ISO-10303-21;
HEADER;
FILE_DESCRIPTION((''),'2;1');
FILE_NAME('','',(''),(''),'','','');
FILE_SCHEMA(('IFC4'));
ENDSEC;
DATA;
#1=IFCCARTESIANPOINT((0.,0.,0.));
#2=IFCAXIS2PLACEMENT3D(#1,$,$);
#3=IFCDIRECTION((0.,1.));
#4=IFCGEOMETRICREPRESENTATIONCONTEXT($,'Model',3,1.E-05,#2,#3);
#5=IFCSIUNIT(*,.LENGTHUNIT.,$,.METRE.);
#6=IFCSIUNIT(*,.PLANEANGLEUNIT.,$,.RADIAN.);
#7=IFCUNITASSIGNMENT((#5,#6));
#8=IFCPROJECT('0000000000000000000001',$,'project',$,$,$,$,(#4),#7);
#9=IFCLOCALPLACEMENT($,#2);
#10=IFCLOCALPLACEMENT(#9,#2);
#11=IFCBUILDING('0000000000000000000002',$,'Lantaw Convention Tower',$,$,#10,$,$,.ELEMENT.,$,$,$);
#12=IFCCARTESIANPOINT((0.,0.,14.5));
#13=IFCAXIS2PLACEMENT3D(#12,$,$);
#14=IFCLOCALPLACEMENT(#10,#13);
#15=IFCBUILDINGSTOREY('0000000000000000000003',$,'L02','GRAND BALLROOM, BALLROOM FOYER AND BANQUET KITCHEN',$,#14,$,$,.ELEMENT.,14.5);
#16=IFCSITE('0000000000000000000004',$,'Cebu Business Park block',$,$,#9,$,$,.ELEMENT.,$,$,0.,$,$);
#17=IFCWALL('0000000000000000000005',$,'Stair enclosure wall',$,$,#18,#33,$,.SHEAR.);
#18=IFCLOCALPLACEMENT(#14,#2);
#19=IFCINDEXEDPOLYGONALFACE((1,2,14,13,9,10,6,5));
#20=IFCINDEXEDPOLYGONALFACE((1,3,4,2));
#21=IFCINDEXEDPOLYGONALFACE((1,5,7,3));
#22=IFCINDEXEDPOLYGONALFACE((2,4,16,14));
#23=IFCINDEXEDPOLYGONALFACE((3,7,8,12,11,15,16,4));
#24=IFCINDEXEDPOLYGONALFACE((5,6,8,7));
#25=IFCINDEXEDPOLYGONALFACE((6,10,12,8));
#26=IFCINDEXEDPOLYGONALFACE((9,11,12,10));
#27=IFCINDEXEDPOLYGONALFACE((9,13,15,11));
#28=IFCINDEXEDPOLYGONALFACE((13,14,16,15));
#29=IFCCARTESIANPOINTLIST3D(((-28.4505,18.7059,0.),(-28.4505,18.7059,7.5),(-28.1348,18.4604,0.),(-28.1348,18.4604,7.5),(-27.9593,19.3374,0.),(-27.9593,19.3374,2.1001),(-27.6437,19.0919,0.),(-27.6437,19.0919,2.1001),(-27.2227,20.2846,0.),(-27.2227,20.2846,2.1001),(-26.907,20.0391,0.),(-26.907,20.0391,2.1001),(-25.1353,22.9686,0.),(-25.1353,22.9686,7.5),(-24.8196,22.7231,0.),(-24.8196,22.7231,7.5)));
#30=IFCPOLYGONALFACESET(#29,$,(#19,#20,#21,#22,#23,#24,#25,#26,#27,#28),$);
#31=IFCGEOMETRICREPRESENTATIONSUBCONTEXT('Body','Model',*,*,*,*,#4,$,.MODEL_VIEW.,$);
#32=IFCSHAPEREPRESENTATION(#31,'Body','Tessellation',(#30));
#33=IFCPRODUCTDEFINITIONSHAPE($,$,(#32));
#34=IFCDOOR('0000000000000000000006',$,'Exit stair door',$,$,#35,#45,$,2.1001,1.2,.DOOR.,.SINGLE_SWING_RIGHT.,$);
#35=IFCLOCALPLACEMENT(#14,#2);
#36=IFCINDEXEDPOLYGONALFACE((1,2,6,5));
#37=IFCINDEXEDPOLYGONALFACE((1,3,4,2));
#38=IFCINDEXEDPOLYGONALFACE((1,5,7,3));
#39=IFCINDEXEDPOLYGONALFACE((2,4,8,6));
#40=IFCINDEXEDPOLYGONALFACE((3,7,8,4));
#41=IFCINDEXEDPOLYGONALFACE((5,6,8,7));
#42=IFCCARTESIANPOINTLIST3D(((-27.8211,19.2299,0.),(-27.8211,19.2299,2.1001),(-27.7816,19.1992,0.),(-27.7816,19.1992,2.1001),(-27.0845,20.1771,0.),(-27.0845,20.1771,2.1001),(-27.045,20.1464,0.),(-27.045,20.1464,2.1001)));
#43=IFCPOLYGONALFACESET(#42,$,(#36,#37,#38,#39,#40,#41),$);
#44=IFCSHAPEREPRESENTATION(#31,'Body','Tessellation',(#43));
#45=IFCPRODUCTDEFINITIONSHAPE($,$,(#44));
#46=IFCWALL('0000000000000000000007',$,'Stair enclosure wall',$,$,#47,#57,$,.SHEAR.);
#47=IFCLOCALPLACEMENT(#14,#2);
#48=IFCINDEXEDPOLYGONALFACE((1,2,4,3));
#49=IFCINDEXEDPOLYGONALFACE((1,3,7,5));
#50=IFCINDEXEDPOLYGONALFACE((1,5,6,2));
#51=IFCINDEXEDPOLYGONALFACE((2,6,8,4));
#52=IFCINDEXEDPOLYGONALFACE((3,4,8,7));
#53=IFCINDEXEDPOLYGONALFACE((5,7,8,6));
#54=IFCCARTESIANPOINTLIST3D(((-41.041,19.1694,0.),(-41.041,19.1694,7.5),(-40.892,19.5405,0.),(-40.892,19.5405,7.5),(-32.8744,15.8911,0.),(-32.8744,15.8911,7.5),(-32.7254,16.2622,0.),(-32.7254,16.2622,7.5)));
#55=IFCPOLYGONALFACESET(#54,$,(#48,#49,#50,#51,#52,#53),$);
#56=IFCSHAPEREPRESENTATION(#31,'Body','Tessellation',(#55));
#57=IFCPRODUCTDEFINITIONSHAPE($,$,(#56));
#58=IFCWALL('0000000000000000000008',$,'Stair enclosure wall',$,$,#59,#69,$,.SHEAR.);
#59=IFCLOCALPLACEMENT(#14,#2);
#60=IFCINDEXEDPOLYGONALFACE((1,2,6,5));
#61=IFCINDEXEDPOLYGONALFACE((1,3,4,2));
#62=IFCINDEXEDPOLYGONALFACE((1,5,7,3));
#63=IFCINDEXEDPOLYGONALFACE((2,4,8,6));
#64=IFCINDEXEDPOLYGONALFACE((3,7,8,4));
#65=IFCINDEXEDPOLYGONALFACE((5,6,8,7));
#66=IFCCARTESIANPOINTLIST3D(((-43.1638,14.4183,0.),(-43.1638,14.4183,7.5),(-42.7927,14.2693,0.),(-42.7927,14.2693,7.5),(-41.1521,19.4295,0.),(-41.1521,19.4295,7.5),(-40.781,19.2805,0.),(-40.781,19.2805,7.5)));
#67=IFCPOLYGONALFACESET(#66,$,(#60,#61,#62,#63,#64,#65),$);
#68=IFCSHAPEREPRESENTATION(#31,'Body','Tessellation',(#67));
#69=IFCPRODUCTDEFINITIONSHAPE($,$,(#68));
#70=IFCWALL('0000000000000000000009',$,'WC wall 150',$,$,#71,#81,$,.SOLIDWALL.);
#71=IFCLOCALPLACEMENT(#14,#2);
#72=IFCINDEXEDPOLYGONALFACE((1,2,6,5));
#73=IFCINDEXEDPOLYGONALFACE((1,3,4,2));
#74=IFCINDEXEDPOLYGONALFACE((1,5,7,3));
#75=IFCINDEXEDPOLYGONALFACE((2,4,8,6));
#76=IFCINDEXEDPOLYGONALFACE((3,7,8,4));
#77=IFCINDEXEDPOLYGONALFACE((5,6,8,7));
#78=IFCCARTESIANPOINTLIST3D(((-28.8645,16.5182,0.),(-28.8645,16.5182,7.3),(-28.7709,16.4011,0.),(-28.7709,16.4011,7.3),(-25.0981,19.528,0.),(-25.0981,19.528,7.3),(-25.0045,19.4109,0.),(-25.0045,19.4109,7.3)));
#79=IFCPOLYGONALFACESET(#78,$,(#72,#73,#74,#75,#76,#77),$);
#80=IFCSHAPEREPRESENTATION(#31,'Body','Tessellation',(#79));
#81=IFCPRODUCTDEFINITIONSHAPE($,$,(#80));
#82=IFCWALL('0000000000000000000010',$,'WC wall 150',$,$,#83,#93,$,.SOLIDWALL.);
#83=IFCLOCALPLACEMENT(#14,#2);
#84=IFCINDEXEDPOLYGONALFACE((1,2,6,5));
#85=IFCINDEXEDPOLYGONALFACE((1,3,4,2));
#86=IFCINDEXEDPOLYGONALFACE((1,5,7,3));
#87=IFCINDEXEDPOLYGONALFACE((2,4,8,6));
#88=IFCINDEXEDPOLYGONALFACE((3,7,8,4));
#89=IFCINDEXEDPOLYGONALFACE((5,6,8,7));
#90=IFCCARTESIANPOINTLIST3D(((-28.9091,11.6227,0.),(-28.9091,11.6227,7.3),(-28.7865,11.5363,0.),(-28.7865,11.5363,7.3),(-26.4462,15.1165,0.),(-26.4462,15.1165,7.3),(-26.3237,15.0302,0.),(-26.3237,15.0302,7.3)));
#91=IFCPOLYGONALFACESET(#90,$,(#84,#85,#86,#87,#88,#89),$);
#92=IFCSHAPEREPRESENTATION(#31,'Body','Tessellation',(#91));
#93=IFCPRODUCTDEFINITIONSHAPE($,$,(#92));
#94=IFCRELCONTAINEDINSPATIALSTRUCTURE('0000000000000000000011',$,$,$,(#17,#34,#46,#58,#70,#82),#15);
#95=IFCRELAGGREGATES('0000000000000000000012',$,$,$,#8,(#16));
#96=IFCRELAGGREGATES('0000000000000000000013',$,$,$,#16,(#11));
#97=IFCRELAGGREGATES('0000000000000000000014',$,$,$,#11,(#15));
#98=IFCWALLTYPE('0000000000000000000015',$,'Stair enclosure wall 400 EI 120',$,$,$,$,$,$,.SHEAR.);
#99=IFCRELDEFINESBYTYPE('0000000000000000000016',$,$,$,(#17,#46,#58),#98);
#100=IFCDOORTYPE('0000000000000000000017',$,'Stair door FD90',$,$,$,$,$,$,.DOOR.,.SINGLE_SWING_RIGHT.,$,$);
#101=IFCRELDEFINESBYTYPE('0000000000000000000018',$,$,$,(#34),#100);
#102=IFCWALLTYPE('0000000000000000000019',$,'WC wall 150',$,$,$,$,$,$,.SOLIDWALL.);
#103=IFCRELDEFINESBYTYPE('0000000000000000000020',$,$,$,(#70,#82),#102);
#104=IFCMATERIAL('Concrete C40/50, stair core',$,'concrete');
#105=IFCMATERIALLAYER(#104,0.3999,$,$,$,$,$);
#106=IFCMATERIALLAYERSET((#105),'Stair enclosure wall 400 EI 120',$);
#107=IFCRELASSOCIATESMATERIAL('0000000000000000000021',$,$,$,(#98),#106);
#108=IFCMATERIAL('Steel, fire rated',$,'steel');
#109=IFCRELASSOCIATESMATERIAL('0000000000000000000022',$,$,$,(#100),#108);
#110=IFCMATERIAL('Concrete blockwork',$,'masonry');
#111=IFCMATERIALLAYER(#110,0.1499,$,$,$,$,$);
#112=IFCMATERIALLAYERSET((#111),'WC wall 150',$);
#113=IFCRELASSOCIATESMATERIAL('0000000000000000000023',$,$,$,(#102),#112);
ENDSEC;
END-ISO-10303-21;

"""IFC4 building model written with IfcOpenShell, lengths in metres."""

from ifc_helpers import new_model, si_unit, direction, frame, frame_2d, origin, place, context, subcontext, project, spatial, rectangle, extrude, material, layer, layer_set, type_object, element, fill, save


model = new_model("IFC4")

# Units and contexts
model_context = context("Model", 3, precision=1e-05, world=origin(), true_north=direction((0.0, 1.0)))
body_context = subcontext(model_context, "Body", "Model", "MODEL_VIEW")
ifc_project = project(units=[si_unit("LENGTHUNIT", "METRE"), si_unit("PLANEANGLEUNIT", "RADIAN")], contexts=[model_context])

# Site, building, storey
site_placement = place(None, origin())
site = spatial("IfcSite", under=ifc_project, at=site_placement, Name="Cebu Business Park block", CompositionType="ELEMENT", RefElevation=0.0)
building_placement = place(site_placement, origin())
building = spatial("IfcBuilding", under=site, at=building_placement, Name="Lantaw Convention Tower", CompositionType="ELEMENT")
storey_placement = place(building_placement, frame((0.0, 0.0, 14.5)))
storey = spatial("IfcBuildingStorey", under=building, at=storey_placement, Name="L02", Description="GRAND BALLROOM, BALLROOM FOYER AND BANQUET KITCHEN", CompositionType="ELEMENT", Elevation=14.5)

# Shared definitions
ifc_material_1 = material(Name="Concrete C40/50, stair core", Category="concrete")
ifc_layer_1 = layer(ifc_material_1, 0.3999)
ifc_layer_set_1 = layer_set([ifc_layer_1], Name="Stair enclosure wall 400 EI 120")
wall_type_1 = type_object("IfcWallType", Name="Stair enclosure wall 400 EI 120", PredefinedType="SHEAR", material=ifc_layer_set_1)

# Wall, opening, door
wall_1_placement = place(storey_placement, frame((-28.2927, 18.583, 0.0), z_axis=(0.0, 0.0, 1.0), x_axis=(0.613912, 0.789374, 0.0)))
wall_1 = element("IfcWall", 1, at=wall_1_placement, inside=storey, type_object=wall_type_1, Name="Stair enclosure wall", PredefinedType="SHEAR", context=body_context, shape_type="SweptSolid", body=[
    extrude(rectangle(XDim=5.4001, YDim=0.3999, at=frame_2d((2.7002, 0.0))), origin(), (0.0, 0.0, 1.0), 7.5),
])
opening_placement = place(wall_1_placement, frame((0.8, 0.0, 0.0)))
opening = element("IfcOpeningElement", 2, at=opening_placement, cuts=wall_1, PredefinedType="OPENING", context=body_context, shape_type="SweptSolid", body=[
    extrude(rectangle(XDim=1.2, YDim=2.1001, at=frame_2d((0.6001, 1.05))), frame((0.0, 0.21, 0.0), z_axis=(0.0, -1.0, 0.0), x_axis=(1.0, 0.0, 0.0)), (0.0, 0.0, 1.0), 0.4199),
])
ifc_material_2 = material(Name="Steel, fire rated", Category="steel")
door_type = type_object("IfcDoorType", Name="Stair door FD90", OperationType="SINGLE_SWING_RIGHT", PredefinedType="DOOR", material=ifc_material_2)
door_placement = place(opening_placement, origin())
door = element("IfcDoor", 3, at=door_placement, inside=storey, type_object=door_type, Name="Exit stair door", OperationType="SINGLE_SWING_RIGHT", OverallHeight=2.1001, OverallWidth=1.2, PredefinedType="DOOR", context=body_context, shape_type="SweptSolid", body=[
    extrude(rectangle(XDim=1.2, YDim=2.1001, at=frame_2d((0.6001, 1.05))), frame((0.0, 0.0249, 0.0), z_axis=(0.0, -1.0, 0.0), x_axis=(1.0, 0.0, 0.0)), (0.0, 0.0, 1.0), 0.05),
])
fill(opening, door)

# Walls
wall_2_placement = place(storey_placement, frame((-32.8, 16.0767, 0.0), z_axis=(0.0, 0.0, 1.0), x_axis=(-0.928017, 0.372538, 0.0)))
element("IfcWall", 4, at=wall_2_placement, inside=storey, type_object=wall_type_1, Name="Stair enclosure wall", PredefinedType="SHEAR", context=body_context, shape_type="SweptSolid", body=[
    extrude(rectangle(XDim=8.8, YDim=0.3999, at=frame_2d((4.3999, 0.0))), origin(), (0.0, 0.0, 1.0), 7.5),
])
wall_3_placement = place(storey_placement, frame((-40.9666, 19.355, 0.0), z_axis=(0.0, 0.0, 1.0), x_axis=(-0.372544, -0.928015, 0.0)))
element("IfcWall", 5, at=wall_3_placement, inside=storey, type_object=wall_type_1, Name="Stair enclosure wall", PredefinedType="SHEAR", context=body_context, shape_type="SweptSolid", body=[
    extrude(rectangle(XDim=5.3999, YDim=0.3999, at=frame_2d((2.7, 0.0))), origin(), (0.0, 0.0, 1.0), 7.5),
])
ifc_material_3 = material(Name="Concrete blockwork", Category="masonry")
ifc_layer_2 = layer(ifc_material_3, 0.1499)
ifc_layer_set_2 = layer_set([ifc_layer_2], Name="WC wall 150")
wall_type_2 = type_object("IfcWallType", Name="WC wall 150", PredefinedType="SOLIDWALL", material=ifc_layer_set_2)
wall_4_placement = place(storey_placement, frame((-25.0513, 19.4695, 0.0), z_axis=(0.0, 0.0, 1.0), x_axis=(-0.781205, -0.624275, 0.0)))
element("IfcWall", 6, at=wall_4_placement, inside=storey, type_object=wall_type_2, Name="WC wall 150", PredefinedType="SOLIDWALL", context=body_context, shape_type="SweptSolid", body=[
    extrude(rectangle(XDim=4.8213, YDim=0.1499, at=frame_2d((2.4106, 0.0))), origin(), (0.0, 0.0, 1.0), 7.3),
])
wall_5_placement = place(storey_placement, frame((-26.385, 15.0732, 0.0), z_axis=(0.0, 0.0, 1.0), x_axis=(-0.576154, -0.817341, 0.0)))
element("IfcWall", 7, at=wall_5_placement, inside=storey, type_object=wall_type_2, Name="WC wall 150", PredefinedType="SOLIDWALL", context=body_context, shape_type="SweptSolid", body=[
    extrude(rectangle(XDim=4.2747, YDim=0.1499, at=frame_2d((2.1372, 0.0))), origin(), (0.0, 0.0, 1.0), 7.3),
])

save(model, "model.ifc")
